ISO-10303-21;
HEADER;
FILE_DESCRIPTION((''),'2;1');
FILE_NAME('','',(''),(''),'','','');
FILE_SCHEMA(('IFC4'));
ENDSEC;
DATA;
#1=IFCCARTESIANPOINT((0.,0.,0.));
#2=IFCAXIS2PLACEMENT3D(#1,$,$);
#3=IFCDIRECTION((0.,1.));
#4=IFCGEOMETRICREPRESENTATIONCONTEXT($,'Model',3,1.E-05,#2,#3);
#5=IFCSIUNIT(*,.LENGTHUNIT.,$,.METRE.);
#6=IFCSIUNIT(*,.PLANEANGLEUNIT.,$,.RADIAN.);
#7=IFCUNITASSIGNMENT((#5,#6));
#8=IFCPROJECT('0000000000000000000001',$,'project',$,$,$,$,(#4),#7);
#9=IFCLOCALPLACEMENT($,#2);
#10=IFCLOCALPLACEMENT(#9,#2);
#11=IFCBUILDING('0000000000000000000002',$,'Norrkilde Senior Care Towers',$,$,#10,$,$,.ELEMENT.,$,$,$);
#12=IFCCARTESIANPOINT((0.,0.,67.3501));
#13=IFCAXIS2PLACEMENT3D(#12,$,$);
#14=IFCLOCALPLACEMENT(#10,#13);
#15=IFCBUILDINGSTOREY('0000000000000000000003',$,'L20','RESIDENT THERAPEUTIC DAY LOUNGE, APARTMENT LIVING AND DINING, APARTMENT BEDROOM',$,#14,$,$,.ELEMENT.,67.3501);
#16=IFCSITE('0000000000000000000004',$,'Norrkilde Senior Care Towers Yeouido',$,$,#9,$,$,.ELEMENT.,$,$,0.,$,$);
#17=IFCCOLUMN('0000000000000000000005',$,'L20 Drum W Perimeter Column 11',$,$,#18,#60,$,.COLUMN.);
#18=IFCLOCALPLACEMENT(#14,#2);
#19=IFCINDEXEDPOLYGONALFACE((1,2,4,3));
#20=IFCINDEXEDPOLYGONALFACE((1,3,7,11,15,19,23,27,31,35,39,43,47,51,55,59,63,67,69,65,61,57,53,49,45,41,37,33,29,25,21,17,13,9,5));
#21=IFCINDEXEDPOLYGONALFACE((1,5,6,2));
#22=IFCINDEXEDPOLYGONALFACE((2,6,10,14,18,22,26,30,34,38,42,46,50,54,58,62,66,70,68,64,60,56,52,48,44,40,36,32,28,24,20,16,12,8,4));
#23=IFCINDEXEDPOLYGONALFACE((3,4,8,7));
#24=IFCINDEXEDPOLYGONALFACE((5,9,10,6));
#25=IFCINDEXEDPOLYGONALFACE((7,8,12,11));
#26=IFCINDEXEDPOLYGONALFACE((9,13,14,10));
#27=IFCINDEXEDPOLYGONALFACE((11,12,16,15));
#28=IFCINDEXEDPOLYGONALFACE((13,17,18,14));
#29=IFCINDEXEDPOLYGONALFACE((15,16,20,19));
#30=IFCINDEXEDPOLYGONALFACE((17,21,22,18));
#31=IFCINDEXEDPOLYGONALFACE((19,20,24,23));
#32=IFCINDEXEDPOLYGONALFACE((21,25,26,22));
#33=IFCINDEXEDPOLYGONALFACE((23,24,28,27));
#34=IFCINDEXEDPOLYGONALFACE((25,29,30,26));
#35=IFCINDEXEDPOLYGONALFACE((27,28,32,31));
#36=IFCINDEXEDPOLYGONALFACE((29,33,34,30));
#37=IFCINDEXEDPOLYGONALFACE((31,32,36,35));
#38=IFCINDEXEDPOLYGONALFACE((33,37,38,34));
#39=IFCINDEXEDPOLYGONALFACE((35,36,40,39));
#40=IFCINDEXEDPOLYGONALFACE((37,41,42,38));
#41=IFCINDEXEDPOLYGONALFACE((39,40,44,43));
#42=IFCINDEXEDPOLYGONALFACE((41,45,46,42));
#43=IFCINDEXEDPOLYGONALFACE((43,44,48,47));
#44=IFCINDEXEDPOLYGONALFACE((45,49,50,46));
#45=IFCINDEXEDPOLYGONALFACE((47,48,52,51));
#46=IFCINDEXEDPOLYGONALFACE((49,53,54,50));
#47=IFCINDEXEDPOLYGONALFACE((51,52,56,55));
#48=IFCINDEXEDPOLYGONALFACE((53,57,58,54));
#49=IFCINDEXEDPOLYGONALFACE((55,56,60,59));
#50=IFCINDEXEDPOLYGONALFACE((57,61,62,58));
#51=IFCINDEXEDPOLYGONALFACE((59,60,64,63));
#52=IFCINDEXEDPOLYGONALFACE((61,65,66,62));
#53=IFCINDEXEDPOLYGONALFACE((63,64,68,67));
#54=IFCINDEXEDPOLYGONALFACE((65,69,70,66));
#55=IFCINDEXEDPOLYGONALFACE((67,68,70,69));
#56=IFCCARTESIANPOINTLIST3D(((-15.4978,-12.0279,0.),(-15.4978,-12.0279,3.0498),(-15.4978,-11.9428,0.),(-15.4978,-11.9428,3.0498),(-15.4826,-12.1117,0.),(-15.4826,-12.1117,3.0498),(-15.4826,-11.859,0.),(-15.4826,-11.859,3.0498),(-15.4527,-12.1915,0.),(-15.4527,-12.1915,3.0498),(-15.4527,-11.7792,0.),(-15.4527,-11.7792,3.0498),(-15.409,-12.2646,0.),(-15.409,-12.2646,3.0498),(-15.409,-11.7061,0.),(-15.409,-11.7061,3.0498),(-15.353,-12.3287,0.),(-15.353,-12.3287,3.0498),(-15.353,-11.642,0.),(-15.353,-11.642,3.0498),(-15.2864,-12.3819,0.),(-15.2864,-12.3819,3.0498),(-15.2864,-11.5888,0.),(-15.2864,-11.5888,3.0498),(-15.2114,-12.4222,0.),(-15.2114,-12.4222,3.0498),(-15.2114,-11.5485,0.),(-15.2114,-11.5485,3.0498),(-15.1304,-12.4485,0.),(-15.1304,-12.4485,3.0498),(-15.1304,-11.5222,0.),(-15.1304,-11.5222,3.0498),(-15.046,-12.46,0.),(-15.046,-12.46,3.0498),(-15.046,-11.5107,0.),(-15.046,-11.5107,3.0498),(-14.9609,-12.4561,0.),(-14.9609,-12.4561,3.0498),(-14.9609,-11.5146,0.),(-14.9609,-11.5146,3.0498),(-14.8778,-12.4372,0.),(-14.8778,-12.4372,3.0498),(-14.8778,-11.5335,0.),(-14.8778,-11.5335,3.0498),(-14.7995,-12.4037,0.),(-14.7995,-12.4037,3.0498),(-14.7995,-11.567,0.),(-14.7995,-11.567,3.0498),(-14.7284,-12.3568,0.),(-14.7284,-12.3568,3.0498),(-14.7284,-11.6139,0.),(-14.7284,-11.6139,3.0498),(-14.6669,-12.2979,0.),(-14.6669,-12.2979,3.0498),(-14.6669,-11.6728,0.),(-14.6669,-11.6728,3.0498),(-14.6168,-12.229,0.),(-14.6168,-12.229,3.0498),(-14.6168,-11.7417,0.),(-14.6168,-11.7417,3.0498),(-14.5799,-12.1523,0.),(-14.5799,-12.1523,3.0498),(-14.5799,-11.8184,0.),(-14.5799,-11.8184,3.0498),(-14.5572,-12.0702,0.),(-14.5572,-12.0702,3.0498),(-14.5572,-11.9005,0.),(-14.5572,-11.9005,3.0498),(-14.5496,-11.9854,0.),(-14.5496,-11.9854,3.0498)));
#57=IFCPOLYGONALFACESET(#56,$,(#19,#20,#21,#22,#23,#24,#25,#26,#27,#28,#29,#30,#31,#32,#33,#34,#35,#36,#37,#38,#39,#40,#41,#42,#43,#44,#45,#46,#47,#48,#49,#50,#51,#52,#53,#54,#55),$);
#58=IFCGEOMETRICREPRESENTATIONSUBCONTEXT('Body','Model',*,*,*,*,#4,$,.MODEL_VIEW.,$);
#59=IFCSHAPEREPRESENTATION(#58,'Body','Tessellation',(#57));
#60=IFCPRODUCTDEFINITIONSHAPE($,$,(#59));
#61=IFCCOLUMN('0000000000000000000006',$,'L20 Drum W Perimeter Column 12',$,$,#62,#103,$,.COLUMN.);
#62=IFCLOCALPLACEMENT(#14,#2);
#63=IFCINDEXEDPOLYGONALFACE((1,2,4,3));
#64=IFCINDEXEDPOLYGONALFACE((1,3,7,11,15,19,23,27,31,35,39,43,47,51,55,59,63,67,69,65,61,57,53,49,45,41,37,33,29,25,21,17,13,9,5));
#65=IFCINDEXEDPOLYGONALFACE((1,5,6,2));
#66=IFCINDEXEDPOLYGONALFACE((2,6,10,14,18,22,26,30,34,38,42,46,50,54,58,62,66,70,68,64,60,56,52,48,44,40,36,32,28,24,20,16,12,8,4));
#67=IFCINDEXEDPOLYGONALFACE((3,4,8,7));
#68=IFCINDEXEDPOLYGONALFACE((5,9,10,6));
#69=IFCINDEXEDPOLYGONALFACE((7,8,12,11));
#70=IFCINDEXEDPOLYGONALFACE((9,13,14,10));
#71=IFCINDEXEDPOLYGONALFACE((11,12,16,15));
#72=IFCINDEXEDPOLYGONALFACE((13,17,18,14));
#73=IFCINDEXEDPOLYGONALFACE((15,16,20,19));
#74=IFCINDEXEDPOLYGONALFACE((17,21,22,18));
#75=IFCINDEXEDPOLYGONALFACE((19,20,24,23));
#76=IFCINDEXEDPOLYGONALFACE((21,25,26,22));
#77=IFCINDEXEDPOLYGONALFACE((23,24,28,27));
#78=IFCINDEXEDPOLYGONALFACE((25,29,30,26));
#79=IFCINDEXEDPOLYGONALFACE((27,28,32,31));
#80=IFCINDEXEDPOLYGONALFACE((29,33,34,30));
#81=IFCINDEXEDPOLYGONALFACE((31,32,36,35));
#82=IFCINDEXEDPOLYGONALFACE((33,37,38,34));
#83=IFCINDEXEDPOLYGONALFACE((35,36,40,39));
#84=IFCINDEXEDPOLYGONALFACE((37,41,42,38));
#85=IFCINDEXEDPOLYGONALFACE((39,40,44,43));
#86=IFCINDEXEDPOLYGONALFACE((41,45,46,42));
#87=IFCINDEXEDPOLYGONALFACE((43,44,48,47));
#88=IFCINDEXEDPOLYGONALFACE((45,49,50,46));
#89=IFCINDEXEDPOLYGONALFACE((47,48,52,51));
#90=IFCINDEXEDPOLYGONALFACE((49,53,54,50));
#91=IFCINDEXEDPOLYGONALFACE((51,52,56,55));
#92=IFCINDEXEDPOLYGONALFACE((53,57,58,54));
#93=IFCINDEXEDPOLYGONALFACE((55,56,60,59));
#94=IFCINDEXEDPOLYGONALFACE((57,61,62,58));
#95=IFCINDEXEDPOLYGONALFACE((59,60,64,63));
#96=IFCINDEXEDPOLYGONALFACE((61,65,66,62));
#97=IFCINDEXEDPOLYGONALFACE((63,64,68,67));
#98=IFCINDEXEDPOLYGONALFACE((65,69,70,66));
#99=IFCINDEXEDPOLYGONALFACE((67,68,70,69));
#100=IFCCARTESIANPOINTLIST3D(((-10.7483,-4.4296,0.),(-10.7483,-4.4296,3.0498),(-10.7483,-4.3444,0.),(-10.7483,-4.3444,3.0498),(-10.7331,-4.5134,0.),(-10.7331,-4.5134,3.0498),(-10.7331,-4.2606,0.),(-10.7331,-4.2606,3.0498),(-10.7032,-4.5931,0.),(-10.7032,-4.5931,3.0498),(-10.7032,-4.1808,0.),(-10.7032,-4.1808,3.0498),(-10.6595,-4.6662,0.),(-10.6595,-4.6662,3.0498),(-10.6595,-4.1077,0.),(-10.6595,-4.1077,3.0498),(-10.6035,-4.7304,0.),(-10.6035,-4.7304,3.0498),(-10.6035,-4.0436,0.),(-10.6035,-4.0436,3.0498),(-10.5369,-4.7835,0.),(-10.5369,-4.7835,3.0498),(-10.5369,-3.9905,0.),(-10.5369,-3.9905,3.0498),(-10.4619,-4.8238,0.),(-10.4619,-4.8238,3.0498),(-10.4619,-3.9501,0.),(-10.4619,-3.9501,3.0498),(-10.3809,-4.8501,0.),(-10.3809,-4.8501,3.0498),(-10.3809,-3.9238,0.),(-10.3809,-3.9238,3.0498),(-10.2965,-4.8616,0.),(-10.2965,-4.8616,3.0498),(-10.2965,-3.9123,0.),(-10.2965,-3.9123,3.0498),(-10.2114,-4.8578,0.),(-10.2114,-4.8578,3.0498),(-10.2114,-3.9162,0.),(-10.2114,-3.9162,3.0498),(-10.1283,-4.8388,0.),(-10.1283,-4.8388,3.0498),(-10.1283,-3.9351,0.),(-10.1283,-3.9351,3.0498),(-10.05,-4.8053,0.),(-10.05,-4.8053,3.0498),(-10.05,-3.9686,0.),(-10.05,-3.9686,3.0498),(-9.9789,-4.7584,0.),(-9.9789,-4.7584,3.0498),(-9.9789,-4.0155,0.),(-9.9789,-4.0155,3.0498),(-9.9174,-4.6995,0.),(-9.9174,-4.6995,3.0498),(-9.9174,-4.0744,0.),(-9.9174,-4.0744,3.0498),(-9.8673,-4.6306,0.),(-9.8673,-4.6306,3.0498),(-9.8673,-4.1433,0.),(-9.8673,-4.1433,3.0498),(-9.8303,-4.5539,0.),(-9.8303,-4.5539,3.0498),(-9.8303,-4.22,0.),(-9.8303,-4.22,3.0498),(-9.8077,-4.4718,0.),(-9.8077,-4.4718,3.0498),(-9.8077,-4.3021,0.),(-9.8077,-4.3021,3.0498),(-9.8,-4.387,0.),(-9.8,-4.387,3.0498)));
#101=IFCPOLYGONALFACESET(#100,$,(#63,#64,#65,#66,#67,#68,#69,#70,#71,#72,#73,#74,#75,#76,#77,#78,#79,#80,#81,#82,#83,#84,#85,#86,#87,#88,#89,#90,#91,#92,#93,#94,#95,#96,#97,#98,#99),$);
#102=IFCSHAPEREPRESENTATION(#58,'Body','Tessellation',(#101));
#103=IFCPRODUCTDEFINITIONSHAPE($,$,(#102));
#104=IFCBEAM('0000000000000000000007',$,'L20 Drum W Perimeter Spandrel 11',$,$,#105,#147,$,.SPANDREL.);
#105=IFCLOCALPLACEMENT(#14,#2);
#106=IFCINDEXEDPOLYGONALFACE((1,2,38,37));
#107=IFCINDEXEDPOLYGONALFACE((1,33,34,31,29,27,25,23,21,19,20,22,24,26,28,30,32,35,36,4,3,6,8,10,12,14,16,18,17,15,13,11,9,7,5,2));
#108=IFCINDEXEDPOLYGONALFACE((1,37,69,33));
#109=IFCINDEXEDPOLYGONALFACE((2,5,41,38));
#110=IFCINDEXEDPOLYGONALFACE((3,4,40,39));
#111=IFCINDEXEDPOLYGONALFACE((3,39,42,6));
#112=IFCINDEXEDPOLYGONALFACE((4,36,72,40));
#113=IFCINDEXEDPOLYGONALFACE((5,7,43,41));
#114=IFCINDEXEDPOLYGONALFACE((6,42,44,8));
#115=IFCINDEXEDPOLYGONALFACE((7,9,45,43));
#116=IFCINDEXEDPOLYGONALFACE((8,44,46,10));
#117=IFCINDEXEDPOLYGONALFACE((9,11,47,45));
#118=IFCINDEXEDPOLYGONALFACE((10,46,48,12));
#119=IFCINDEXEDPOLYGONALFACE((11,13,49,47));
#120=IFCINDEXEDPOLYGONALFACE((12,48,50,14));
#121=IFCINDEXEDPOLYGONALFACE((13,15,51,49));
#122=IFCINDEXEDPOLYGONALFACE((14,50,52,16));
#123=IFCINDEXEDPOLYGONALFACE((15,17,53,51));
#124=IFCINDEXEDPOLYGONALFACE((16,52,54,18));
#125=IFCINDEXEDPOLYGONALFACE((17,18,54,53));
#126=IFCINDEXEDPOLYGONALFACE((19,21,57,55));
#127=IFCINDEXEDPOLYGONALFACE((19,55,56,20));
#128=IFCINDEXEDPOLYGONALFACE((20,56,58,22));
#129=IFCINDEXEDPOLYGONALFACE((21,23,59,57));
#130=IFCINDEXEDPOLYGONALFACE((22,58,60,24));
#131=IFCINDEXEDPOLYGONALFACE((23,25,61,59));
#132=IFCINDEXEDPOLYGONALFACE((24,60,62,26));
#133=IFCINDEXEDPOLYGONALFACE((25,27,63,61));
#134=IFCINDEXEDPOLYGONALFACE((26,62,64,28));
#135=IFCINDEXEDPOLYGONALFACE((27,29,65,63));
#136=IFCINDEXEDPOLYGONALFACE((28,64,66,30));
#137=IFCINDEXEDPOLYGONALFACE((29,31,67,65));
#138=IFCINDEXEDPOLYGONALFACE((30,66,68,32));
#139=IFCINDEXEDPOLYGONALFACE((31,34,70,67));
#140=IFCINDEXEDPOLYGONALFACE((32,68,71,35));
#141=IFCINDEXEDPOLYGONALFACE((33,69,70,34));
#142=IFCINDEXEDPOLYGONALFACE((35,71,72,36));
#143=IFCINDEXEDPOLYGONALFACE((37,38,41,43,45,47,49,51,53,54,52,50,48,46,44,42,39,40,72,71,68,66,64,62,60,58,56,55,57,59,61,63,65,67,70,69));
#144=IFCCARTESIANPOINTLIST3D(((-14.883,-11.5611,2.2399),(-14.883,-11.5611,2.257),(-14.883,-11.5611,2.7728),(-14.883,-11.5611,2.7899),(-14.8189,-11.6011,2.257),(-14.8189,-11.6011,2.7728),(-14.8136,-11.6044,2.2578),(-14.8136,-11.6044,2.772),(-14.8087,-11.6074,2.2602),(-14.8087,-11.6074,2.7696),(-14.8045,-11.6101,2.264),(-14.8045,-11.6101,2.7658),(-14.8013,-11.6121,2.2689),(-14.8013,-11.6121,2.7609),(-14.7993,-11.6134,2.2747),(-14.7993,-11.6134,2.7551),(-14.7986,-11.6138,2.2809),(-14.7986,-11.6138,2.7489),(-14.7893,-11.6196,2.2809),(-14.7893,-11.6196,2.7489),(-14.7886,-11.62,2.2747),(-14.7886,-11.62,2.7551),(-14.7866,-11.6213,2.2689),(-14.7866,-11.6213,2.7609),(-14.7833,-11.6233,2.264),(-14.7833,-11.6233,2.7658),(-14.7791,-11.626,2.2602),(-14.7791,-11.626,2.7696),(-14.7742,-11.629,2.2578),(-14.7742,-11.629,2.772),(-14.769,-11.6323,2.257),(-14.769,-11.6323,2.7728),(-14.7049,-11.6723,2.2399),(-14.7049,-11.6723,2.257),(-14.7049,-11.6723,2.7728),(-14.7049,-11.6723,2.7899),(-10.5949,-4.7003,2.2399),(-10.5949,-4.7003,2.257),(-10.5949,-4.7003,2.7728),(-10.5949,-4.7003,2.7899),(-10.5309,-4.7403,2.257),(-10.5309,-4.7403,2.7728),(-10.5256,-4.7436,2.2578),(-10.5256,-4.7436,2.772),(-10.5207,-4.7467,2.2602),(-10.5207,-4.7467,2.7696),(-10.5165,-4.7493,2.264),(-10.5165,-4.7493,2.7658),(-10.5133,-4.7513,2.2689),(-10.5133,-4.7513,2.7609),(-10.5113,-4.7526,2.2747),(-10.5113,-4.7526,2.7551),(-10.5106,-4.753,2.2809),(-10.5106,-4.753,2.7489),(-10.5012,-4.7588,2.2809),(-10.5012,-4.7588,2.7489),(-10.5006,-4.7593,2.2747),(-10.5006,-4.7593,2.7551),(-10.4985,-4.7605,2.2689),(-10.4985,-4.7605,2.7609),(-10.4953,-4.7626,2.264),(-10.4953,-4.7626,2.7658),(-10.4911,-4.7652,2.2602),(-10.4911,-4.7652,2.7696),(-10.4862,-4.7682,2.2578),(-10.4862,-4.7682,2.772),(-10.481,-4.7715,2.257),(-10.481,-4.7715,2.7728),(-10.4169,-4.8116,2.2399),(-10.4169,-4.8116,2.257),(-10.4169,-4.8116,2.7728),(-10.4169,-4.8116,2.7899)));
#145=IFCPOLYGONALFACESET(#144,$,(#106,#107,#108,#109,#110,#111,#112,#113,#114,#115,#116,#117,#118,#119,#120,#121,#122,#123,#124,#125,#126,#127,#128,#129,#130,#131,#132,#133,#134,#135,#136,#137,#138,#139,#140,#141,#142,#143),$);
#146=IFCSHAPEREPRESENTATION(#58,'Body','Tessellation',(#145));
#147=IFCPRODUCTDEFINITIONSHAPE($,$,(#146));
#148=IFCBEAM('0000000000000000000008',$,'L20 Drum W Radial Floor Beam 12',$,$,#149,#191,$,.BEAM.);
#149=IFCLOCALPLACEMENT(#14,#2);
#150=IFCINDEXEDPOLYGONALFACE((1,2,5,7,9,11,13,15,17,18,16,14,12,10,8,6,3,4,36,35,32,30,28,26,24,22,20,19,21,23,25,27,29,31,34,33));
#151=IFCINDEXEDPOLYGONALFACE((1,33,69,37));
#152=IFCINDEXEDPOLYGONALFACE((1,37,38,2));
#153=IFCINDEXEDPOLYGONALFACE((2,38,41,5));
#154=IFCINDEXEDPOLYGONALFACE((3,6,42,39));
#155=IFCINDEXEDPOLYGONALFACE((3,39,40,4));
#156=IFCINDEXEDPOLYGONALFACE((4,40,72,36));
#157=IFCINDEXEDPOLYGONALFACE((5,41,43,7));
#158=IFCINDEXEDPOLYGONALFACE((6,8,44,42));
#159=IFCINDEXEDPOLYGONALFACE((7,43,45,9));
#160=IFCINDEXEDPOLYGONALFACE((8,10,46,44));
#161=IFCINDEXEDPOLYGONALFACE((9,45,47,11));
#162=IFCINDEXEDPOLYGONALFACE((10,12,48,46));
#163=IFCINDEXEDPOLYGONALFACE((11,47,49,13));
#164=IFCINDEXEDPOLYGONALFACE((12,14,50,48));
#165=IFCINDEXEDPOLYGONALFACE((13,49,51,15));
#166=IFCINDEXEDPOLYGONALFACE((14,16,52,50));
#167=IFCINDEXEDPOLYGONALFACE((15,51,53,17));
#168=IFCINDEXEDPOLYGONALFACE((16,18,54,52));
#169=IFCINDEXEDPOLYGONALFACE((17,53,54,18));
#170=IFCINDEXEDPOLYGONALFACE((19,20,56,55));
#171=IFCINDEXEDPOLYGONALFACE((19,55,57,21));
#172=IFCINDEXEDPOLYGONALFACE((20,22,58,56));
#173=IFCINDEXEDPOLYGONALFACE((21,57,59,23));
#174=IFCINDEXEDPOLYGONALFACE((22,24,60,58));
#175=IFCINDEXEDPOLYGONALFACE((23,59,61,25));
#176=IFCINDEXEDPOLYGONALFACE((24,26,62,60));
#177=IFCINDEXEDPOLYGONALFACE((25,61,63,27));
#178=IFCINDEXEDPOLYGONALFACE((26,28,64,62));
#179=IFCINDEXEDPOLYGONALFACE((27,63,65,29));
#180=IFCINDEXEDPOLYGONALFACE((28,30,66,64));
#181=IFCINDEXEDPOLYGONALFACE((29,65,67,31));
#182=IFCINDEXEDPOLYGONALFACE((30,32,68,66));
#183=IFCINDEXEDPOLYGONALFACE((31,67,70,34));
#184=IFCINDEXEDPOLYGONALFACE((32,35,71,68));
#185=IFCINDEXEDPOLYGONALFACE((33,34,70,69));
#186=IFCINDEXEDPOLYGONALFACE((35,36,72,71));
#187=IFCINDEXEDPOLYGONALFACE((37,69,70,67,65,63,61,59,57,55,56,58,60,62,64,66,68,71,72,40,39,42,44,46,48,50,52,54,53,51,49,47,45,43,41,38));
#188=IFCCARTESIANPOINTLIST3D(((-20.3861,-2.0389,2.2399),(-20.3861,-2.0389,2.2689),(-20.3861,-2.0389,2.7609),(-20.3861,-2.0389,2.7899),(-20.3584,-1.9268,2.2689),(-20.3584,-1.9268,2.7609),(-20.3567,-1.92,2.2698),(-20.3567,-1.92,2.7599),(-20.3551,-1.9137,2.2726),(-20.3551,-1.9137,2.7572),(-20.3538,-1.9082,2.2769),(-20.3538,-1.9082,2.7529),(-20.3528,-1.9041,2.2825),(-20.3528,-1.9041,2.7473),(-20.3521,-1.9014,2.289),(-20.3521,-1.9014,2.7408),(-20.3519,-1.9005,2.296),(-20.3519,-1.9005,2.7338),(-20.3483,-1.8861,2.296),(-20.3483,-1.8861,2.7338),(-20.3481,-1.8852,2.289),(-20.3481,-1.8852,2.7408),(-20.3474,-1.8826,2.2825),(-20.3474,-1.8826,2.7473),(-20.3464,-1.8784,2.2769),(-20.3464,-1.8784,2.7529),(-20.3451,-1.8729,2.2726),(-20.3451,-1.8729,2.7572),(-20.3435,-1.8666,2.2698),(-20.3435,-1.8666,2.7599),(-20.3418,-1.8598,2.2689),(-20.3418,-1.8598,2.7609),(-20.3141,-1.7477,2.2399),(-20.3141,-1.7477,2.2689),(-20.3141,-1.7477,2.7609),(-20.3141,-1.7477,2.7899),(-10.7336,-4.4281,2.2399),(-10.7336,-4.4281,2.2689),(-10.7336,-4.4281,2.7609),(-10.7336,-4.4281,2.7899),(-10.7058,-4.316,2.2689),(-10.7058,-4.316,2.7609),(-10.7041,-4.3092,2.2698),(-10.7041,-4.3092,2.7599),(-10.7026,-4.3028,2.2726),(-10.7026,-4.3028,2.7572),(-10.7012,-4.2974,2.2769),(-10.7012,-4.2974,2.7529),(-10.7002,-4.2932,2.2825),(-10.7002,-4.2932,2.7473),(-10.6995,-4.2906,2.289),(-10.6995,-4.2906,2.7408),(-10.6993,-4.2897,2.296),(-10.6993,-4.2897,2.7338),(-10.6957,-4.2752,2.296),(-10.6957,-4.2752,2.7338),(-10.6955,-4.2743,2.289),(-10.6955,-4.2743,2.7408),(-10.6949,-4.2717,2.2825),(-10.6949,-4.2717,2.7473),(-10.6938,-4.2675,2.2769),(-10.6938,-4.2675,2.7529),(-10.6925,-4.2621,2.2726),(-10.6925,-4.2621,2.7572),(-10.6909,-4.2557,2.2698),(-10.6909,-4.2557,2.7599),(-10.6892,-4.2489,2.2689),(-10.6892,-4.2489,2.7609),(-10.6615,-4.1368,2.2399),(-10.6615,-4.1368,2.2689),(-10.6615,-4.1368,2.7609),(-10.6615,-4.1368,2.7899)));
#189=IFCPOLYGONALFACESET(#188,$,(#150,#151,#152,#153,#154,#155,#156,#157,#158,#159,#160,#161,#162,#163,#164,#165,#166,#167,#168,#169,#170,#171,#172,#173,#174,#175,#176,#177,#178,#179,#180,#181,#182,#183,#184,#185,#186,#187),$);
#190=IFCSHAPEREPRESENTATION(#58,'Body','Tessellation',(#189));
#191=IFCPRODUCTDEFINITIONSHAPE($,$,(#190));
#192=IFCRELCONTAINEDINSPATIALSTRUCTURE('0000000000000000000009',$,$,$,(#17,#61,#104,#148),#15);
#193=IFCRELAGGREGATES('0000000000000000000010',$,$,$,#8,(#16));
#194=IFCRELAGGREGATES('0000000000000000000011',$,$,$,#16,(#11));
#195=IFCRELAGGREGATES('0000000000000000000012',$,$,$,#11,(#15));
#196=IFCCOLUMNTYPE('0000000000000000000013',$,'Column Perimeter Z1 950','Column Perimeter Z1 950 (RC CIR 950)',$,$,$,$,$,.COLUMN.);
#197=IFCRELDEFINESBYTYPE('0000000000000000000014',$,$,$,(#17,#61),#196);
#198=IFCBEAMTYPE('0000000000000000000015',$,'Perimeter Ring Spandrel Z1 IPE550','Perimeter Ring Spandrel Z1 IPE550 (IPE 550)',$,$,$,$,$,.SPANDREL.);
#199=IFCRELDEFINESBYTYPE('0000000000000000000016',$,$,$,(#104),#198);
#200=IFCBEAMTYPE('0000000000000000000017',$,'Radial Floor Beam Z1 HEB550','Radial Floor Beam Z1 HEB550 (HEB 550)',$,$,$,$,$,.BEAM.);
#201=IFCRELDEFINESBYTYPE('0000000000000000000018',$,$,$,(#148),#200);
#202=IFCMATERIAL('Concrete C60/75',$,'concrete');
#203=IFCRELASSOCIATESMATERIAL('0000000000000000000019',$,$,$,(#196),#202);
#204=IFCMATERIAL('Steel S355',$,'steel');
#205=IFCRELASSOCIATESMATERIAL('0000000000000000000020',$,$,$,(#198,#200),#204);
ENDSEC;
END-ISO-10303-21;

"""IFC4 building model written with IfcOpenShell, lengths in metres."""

from ifc_helpers import new_model, si_unit, direction, frame, origin, origin_2d, place, context, subcontext, project, spatial, circle, i_section, extrude, source, transform, mapped, material, material_profile, profile_set, type_object, type_shapes, element, save


model = new_model("IFC4")

# Units and contexts
model_context = context("Model", 3, precision=1e-05, world=origin(), true_north=direction((0.0, 1.0)))
body_context = subcontext(model_context, "Body", "Model", "MODEL_VIEW")
ifc_project = project(units=[si_unit("LENGTHUNIT", "METRE"), si_unit("PLANEANGLEUNIT", "RADIAN")], contexts=[model_context])

# Site, building, storey
site_placement = place(None, origin())
site = spatial("IfcSite", under=ifc_project, at=site_placement, Name="Norrkilde Senior Care Towers Yeouido", CompositionType="ELEMENT", RefElevation=0.0)
building_placement = place(site_placement, origin())
building = spatial("IfcBuilding", under=site, at=building_placement, Name="Norrkilde Senior Care Towers", CompositionType="ELEMENT")
storey_placement = place(building_placement, frame((0.0, 0.0, 67.3501)))
storey = spatial("IfcBuildingStorey", under=building, at=storey_placement, Name="L20", Description="RESIDENT THERAPEUTIC DAY LOUNGE, APARTMENT LIVING AND DINING, APARTMENT BEDROOM", CompositionType="ELEMENT", Elevation=67.3501)

# Columns
ifc_material_1 = material(Name="Concrete C60/75", Category="concrete")
ifc_material_profile_1 = material_profile(ifc_material_1, circle(Radius=0.4751, at=origin_2d()), Name="RC CIR 950")
ifc_profile_set_1 = profile_set([ifc_material_profile_1], Name="Concrete C60/75")
column_type = type_object("IfcColumnType", Name="Column Perimeter Z1 950", Description="Column Perimeter Z1 950 (RC CIR 950)", PredefinedType="COLUMN", material=ifc_profile_set_1)
shared_shape_1 = source(origin(), body_context, "Body", "SweptSolid", [
    extrude(circle(Radius=0.4751, at=origin_2d()), origin(), (0.0, 0.0, 1.0), 3.0498),
])
type_shapes(column_type, [shared_shape_1])
for number, where, z_axis, x_axis, name in (
    (1, (-15.0247, -11.9854, 0.0), (0.0, 0.0, 1.0), (1.0, 0.0, 0.0), "L20 Drum W Perimeter Column 11"),
    (2, (-10.2751, -4.387, 0.0), (0.0, 0.0, 1.0), (1.0, 0.0, 0.0), "L20 Drum W Perimeter Column 12"),
):
    element("IfcColumn", number, at=place(storey_placement, frame(where, z_axis=z_axis, x_axis=x_axis)), inside=storey, type_object=column_type, Name=name, PredefinedType="COLUMN", context=body_context, shape_type="MappedRepresentation", body=[
        mapped(shared_shape_1, transform((0.0, 0.0, 0.0), x_axis=(1.0, 0.0, 0.0), y_axis=(0.0, 1.0, 0.0), z_axis=(0.0, 0.0, 1.0), scale=1.0)),
    ])

# Beams
ifc_material_2 = material(Name="Steel S355", Category="steel")
ifc_material_profile_2 = material_profile(ifc_material_2, i_section(OverallWidth=0.21, OverallDepth=0.55, WebThickness=0.011, FlangeThickness=0.0171, FilletRadius=0.0239, at=origin_2d()), Name="IPE 550")
ifc_profile_set_2 = profile_set([ifc_material_profile_2], Name="Steel S355")
beam_type_1 = type_object("IfcBeamType", Name="Perimeter Ring Spandrel Z1 IPE550", Description="Perimeter Ring Spandrel Z1 IPE550 (IPE 550)", PredefinedType="SPANDREL", material=ifc_profile_set_2)
shared_shape_2 = source(origin(), body_context, "Body", "SweptSolid", [
    extrude(i_section(OverallWidth=0.21, OverallDepth=0.55, WebThickness=0.011, FlangeThickness=0.0171, FilletRadius=0.0239, at=origin_2d()), origin(), (0.0, 0.0, 1.0), 8.0906),
])
beam_1_placement = place(storey_placement, frame((-14.7939, -11.6167, 2.5149), z_axis=(0.530004, 0.847995, 0.0), x_axis=(-0.847995, 0.530004, 0.0)))
element("IfcBeam", 3, at=beam_1_placement, inside=storey, type_object=beam_type_1, Name="L20 Drum W Perimeter Spandrel 11", PredefinedType="SPANDREL", context=body_context, shape_type="MappedRepresentation", body=[
    mapped(shared_shape_2, transform((0.0, 0.0, 0.0), x_axis=(1.0, 0.0, 0.0), y_axis=(0.0, 1.0, 0.0), z_axis=(0.0, 0.0, 1.0), scale=1.0)),
])
ifc_material_profile_3 = material_profile(ifc_material_2, i_section(OverallWidth=0.3, OverallDepth=0.55, WebThickness=0.0149, FlangeThickness=0.0291, FilletRadius=0.0271, at=origin_2d()), Name="HEB 550")
ifc_profile_set_3 = profile_set([ifc_material_profile_3], Name="Steel S355")
beam_type_2 = type_object("IfcBeamType", Name="Radial Floor Beam Z1 HEB550", Description="Radial Floor Beam Z1 HEB550 (HEB 550)", PredefinedType="BEAM", material=ifc_profile_set_3)
shared_shape_3 = source(origin(), body_context, "Body", "SweptSolid", [
    extrude(i_section(OverallWidth=0.3, OverallDepth=0.55, WebThickness=0.0149, FlangeThickness=0.0291, FilletRadius=0.0271, at=origin_2d()), origin(), (0.0, 0.0, 1.0), 9.9438),
])
type_shapes(beam_type_2, [shared_shape_3])
beam_2_placement = place(storey_placement, frame((-20.3501, -1.8933, 2.5149), z_axis=(0.970707, -0.240265, 0.0), x_axis=(0.240265, 0.970707, 0.0)))
element("IfcBeam", 4, at=beam_2_placement, inside=storey, type_object=beam_type_2, Name="L20 Drum W Radial Floor Beam 12", PredefinedType="BEAM", context=body_context, shape_type="MappedRepresentation", body=[
    mapped(shared_shape_3, transform((0.0, 0.0, 0.0), x_axis=(1.0, 0.0, 0.0), y_axis=(0.0, 1.0, 0.0), z_axis=(0.0, 0.0, 1.0), scale=1.0)),
])

save(model, "model.ifc")
